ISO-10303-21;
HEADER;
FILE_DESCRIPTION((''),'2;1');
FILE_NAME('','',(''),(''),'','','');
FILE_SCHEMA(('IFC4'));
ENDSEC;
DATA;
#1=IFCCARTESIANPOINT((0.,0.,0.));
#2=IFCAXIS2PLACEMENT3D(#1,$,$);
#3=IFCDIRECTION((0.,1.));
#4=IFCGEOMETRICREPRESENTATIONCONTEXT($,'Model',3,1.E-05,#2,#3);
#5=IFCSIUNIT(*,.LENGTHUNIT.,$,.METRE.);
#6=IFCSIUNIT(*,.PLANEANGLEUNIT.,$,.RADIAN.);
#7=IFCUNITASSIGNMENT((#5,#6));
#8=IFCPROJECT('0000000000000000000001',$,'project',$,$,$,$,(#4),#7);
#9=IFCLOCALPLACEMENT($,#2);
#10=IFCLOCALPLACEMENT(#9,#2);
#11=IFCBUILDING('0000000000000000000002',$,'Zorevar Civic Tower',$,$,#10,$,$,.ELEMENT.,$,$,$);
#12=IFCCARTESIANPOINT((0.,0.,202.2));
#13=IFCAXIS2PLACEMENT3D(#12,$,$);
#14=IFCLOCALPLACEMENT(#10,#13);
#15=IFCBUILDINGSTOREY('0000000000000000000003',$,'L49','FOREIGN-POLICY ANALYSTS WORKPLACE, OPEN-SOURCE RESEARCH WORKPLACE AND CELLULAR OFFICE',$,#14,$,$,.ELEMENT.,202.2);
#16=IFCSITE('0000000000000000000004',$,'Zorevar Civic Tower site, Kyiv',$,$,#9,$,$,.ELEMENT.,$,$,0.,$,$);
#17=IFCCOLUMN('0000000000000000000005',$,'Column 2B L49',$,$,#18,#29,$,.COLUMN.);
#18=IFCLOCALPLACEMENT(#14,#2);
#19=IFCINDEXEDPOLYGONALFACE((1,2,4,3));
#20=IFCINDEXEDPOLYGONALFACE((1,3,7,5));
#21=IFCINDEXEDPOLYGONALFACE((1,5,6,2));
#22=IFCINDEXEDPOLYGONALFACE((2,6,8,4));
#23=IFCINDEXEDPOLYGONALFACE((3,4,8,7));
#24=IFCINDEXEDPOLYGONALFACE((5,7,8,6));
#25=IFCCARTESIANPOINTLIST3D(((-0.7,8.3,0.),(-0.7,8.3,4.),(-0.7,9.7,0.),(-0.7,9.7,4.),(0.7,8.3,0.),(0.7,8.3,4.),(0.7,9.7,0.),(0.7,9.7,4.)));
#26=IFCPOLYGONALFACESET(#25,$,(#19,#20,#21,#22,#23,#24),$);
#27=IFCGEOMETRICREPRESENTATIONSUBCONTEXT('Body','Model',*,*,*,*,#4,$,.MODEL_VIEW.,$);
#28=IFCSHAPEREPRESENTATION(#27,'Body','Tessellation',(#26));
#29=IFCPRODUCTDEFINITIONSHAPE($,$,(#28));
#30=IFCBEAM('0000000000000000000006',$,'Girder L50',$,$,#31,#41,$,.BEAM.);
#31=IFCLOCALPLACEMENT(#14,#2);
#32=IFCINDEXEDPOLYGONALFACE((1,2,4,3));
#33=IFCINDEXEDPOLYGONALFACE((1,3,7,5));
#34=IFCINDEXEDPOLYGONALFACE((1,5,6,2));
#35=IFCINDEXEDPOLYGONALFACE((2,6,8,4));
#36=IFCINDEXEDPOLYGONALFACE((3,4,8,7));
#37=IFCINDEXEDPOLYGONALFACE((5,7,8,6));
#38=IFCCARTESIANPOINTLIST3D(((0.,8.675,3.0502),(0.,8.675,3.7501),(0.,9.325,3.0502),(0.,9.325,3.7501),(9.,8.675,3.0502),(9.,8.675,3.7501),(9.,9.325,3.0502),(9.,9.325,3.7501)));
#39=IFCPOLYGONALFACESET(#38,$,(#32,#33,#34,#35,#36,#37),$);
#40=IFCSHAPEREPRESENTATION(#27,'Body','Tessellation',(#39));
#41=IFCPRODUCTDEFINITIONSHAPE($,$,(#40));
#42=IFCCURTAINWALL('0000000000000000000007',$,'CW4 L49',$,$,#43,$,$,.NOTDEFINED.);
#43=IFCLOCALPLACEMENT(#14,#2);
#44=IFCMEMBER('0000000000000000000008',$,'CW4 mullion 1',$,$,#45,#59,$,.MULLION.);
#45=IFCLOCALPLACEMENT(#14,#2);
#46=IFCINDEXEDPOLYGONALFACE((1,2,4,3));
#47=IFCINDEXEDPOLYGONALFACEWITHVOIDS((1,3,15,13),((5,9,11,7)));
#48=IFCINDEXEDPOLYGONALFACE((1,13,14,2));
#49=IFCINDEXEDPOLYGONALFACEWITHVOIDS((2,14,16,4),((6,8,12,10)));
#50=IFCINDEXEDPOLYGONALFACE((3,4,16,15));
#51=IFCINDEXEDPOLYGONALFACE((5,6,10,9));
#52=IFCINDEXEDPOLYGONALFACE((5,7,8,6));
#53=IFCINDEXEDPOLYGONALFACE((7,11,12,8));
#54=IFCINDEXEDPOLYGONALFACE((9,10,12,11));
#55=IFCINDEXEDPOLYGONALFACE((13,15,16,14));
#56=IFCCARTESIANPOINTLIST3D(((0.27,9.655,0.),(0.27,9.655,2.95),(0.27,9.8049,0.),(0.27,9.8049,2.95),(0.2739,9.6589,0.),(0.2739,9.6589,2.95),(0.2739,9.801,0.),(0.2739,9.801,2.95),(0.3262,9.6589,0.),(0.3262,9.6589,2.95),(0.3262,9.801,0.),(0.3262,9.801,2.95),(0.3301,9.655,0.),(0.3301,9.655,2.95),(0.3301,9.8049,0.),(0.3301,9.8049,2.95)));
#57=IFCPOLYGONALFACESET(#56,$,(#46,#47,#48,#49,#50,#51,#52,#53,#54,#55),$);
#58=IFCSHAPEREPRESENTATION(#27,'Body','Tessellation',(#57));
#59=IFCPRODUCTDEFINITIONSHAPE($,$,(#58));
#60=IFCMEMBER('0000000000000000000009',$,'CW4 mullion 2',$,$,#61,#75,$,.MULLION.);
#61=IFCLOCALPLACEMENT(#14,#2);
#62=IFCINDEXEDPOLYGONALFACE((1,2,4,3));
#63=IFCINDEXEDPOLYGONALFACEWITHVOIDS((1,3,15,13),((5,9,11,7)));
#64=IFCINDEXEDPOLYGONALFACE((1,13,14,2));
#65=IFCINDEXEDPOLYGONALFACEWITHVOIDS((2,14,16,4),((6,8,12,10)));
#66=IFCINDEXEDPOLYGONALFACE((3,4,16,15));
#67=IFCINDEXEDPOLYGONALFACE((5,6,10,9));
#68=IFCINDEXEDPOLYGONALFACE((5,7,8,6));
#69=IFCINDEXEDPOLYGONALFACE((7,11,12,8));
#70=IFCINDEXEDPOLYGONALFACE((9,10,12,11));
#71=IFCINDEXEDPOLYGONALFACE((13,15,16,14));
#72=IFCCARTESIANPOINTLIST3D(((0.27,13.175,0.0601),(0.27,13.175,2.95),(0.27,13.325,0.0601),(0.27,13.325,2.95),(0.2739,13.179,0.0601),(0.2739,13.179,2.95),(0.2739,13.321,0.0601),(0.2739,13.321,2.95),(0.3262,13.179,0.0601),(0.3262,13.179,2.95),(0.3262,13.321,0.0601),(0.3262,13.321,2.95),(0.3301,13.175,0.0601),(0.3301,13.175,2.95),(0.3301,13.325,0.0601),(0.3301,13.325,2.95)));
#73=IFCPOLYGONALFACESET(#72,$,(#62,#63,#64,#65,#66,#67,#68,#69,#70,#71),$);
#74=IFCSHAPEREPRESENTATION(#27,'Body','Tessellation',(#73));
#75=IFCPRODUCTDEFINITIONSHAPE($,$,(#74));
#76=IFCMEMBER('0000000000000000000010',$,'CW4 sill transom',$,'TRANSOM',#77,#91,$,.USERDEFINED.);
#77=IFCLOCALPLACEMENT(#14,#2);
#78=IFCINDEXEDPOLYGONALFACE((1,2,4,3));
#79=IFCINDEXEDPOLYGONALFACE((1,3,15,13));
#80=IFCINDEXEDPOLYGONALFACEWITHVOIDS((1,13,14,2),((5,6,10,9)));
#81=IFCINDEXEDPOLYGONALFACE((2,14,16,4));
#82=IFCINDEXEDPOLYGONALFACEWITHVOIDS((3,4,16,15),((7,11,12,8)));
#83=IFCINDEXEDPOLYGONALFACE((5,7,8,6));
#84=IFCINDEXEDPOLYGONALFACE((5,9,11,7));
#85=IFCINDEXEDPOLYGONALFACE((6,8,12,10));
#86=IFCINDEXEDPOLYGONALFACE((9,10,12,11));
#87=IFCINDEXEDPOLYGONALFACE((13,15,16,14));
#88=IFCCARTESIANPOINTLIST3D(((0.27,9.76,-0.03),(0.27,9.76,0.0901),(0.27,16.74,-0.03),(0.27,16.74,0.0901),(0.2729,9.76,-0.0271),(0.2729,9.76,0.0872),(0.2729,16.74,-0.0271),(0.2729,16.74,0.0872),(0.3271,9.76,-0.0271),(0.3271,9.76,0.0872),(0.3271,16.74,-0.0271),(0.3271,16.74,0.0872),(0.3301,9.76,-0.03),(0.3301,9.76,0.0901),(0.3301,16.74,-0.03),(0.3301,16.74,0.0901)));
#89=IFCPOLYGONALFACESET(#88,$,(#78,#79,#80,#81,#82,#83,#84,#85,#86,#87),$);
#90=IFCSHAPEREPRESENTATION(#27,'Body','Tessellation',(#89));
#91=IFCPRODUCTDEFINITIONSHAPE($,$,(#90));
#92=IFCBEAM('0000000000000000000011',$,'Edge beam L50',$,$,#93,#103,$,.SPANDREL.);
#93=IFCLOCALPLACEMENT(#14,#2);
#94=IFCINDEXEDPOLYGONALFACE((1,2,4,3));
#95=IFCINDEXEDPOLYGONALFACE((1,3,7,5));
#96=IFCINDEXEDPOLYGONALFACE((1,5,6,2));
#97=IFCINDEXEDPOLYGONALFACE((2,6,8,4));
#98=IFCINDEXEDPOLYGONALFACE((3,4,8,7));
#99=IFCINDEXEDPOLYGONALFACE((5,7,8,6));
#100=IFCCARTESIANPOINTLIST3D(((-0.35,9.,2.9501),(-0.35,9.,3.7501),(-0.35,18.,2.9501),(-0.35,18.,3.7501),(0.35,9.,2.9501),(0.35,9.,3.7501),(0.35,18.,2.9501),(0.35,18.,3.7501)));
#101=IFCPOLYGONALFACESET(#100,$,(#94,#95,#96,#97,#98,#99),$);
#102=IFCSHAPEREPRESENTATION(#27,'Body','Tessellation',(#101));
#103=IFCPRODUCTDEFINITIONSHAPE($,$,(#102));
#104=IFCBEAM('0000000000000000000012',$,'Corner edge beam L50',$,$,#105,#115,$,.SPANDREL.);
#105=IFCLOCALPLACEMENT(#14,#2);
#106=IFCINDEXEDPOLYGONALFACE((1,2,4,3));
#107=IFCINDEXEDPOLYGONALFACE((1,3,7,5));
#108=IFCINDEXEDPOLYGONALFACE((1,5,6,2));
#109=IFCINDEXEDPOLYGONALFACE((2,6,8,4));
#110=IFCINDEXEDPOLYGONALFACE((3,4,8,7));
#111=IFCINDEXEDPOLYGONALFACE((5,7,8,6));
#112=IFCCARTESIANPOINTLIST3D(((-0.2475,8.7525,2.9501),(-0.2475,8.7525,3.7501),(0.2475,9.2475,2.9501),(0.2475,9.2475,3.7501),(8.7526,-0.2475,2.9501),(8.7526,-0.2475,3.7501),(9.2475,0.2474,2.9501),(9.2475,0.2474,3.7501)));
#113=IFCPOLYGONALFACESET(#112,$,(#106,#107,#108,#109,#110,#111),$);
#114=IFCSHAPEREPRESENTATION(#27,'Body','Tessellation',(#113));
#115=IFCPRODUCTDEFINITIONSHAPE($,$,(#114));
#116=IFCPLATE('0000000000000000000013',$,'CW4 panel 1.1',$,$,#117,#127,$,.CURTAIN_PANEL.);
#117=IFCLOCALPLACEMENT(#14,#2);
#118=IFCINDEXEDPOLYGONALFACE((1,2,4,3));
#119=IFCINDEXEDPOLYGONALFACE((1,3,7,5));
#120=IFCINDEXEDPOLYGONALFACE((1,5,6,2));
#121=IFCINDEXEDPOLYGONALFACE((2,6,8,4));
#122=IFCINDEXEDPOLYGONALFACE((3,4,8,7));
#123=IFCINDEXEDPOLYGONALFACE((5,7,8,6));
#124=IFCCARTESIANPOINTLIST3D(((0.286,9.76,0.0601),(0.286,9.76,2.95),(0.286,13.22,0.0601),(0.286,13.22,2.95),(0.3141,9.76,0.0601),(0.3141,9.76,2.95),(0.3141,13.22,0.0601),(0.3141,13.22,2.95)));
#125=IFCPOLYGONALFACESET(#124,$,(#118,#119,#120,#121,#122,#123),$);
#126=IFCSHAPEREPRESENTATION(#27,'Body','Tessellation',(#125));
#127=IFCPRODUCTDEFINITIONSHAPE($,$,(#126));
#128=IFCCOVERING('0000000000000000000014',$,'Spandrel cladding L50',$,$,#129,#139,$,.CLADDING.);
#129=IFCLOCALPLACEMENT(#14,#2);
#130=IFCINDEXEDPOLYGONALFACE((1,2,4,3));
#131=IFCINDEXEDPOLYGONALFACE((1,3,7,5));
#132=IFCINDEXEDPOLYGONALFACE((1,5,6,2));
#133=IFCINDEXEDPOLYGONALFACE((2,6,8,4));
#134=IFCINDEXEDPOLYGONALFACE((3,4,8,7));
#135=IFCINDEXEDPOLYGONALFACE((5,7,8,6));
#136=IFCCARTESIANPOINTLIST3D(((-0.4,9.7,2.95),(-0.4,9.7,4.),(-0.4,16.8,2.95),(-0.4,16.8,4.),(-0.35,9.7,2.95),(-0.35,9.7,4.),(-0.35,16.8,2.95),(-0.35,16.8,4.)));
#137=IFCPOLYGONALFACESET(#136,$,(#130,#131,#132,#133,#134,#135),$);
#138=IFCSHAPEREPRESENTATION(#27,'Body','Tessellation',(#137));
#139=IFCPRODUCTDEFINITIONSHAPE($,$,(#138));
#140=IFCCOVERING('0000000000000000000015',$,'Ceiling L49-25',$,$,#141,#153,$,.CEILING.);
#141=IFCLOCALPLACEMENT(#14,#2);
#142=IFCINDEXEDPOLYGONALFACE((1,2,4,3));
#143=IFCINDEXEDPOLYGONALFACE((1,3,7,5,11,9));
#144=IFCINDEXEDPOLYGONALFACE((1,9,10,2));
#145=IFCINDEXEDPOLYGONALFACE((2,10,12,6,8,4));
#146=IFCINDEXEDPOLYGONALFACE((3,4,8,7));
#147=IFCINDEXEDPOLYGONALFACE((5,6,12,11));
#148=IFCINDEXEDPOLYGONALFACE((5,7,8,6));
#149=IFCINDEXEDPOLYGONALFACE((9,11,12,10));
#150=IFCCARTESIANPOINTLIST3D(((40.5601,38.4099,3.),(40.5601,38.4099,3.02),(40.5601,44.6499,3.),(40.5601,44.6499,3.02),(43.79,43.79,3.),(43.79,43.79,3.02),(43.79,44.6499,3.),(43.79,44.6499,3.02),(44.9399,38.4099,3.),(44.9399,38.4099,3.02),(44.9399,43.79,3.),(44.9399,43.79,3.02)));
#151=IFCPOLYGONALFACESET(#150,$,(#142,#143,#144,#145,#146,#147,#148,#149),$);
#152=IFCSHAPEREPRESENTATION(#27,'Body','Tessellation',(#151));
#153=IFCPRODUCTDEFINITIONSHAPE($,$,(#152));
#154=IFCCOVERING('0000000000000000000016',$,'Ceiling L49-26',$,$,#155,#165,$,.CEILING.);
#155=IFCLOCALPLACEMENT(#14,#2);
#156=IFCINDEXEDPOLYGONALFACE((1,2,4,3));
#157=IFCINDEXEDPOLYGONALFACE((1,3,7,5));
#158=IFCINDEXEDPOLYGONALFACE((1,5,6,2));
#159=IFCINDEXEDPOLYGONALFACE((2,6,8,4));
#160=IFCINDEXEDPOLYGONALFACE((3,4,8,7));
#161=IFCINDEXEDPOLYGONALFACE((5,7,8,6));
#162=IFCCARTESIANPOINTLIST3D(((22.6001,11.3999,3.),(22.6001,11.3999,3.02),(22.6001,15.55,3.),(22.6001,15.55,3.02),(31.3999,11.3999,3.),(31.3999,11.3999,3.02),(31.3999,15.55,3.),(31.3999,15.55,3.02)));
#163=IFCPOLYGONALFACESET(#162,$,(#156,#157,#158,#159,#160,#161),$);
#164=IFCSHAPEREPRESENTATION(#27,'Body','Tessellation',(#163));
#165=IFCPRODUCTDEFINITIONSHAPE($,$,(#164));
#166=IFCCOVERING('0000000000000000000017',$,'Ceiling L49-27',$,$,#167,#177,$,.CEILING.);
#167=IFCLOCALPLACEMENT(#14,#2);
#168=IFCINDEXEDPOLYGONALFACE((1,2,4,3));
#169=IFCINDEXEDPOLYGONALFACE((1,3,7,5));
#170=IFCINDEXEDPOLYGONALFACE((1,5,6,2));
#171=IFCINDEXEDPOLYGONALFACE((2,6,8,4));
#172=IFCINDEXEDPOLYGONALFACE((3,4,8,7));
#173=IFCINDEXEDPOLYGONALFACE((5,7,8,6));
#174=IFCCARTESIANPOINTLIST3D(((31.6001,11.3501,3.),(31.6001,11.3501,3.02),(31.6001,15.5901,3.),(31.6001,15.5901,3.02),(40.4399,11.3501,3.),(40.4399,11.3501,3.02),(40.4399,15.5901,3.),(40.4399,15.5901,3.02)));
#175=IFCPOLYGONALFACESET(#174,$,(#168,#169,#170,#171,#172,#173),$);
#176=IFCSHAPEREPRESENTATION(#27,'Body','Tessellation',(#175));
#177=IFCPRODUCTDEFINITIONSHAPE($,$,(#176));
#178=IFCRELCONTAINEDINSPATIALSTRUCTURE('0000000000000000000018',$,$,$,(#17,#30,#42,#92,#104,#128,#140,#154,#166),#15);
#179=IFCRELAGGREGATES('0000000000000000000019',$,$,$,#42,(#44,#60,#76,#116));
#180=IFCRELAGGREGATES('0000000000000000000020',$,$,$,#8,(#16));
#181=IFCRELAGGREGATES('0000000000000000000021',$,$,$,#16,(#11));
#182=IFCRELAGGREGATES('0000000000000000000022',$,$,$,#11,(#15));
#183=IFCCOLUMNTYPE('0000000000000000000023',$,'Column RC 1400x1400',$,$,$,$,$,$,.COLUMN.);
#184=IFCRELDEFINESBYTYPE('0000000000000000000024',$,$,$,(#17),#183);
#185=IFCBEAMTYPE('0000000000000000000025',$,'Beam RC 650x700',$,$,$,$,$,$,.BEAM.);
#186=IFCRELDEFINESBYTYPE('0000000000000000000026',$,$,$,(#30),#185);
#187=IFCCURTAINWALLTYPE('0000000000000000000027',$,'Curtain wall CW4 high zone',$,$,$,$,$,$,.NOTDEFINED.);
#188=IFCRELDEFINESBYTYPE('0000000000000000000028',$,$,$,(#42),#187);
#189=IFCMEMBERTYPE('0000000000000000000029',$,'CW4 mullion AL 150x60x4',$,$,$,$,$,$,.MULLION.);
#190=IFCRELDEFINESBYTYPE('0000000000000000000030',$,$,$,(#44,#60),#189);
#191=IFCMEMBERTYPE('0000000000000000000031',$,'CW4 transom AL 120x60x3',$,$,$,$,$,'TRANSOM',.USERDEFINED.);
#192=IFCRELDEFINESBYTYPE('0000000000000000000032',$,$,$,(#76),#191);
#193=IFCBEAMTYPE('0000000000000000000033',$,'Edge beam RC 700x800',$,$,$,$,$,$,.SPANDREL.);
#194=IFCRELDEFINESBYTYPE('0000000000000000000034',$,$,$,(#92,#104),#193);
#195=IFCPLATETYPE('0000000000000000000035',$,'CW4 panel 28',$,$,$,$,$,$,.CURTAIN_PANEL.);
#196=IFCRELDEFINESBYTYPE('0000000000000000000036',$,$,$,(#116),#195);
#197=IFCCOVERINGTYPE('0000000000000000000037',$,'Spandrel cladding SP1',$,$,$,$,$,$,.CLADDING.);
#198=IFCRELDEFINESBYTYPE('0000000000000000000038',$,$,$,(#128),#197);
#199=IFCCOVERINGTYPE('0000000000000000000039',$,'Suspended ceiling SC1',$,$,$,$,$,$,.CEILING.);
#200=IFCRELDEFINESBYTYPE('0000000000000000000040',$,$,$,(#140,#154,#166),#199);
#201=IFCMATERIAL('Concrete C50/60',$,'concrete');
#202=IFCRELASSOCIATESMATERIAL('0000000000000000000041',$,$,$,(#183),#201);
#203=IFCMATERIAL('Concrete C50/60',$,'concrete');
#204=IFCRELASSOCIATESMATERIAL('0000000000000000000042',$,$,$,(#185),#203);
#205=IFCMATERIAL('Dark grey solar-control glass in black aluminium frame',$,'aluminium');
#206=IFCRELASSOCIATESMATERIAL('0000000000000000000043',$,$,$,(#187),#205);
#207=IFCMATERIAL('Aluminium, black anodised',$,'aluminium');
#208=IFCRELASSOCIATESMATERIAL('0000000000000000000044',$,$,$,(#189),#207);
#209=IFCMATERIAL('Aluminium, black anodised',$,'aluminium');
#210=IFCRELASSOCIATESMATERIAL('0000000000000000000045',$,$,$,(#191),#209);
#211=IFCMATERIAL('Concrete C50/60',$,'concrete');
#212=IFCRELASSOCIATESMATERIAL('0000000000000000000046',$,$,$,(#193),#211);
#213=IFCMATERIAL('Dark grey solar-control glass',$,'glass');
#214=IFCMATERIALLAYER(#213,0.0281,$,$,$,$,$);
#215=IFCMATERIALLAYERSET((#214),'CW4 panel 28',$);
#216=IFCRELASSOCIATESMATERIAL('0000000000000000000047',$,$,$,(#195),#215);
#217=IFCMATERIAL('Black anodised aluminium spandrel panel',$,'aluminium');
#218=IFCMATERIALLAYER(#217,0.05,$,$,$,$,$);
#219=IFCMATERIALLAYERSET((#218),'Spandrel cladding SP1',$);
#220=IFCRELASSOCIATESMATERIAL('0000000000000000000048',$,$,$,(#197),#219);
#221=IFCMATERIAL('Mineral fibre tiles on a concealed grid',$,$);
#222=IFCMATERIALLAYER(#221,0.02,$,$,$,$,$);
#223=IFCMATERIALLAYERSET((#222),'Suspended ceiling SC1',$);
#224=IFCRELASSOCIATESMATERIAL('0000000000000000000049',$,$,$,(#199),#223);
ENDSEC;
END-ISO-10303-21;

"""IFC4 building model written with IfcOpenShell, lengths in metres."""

from ifc_helpers import new_model, si_unit, direction, frame, frame_2d, origin, origin_2d, place, context, subcontext, project, spatial, polyline, rectangle, hollow_rectangle, outline, extrude, material, layer, layer_set, material_profile, profile_set, type_object, element, aggregate, save


model = new_model("IFC4")

# Units and contexts
model_context = context("Model", 3, precision=1e-05, world=origin(), true_north=direction((0.0, 1.0)))
body_context = subcontext(model_context, "Body", "Model", "MODEL_VIEW")
ifc_project = project(units=[si_unit("LENGTHUNIT", "METRE"), si_unit("PLANEANGLEUNIT", "RADIAN")], contexts=[model_context])

# Site, building, storey
site_placement = place(None, origin())
site = spatial("IfcSite", under=ifc_project, at=site_placement, Name="Zorevar Civic Tower site, Kyiv", CompositionType="ELEMENT", RefElevation=0.0)
building_placement = place(site_placement, origin())
building = spatial("IfcBuilding", under=site, at=building_placement, Name="Zorevar Civic Tower", CompositionType="ELEMENT")
storey_placement = place(building_placement, frame((0.0, 0.0, 202.2)))
storey = spatial("IfcBuildingStorey", under=building, at=storey_placement, Name="L49", Description="FOREIGN-POLICY ANALYSTS WORKPLACE, OPEN-SOURCE RESEARCH WORKPLACE AND CELLULAR OFFICE", CompositionType="ELEMENT", Elevation=202.2)

# Column
ifc_material_1 = material(Name="Concrete C50/60", Category="concrete")
ifc_material_profile_1 = material_profile(ifc_material_1, rectangle(XDim=1.3999, YDim=1.3999, at=origin_2d()), Name="RC 1400x1400")
ifc_profile_set_1 = profile_set([ifc_material_profile_1], Name="Concrete C50/60")
column_type = type_object("IfcColumnType", Name="Column RC 1400x1400", PredefinedType="COLUMN", material=ifc_profile_set_1)
column_placement = place(storey_placement, frame((0.0, 9.0, 0.0), z_axis=(0.0, 0.0, 1.0), x_axis=(1.0, 0.0, 0.0)))
element("IfcColumn", 1, at=column_placement, inside=storey, type_object=column_type, Name="Column 2B L49", PredefinedType="COLUMN", context=body_context, shape_type="SweptSolid", body=[
    extrude(rectangle(XDim=1.3999, YDim=1.3999, at=origin_2d()), origin(), (0.0, 0.0, 1.0), 4.0),
])

# Beam
ifc_material_2 = material(Name="Concrete C50/60", Category="concrete")
ifc_material_profile_2 = material_profile(ifc_material_2, rectangle(XDim=0.6499, YDim=0.7, at=origin_2d()), Name="RC 650x700")
ifc_profile_set_2 = profile_set([ifc_material_profile_2], Name="Concrete C50/60")
beam_type_1 = type_object("IfcBeamType", Name="Beam RC 650x700", PredefinedType="BEAM", material=ifc_profile_set_2)
beam_1_placement = place(storey_placement, frame((0.0, 9.0, 3.4001), z_axis=(1.0, 0.0, 0.0), x_axis=(0.0, 1.0, 0.0)))
element("IfcBeam", 2, at=beam_1_placement, inside=storey, type_object=beam_type_1, Name="Girder L50", PredefinedType="BEAM", context=body_context, shape_type="SweptSolid", body=[
    extrude(rectangle(XDim=0.6499, YDim=0.7, at=origin_2d()), origin(), (0.0, 0.0, 1.0), 9.0),
])

# Curtain wall, members
ifc_material_3 = material(Name="Dark grey solar-control glass in black aluminium frame", Category="aluminium")
curtain_wall_type = type_object("IfcCurtainWallType", Name="Curtain wall CW4 high zone", PredefinedType="NOTDEFINED", material=ifc_material_3)
curtain_wall_placement = place(storey_placement, origin())
curtain_wall = element("IfcCurtainWall", 3, at=curtain_wall_placement, inside=storey, type_object=curtain_wall_type, Name="CW4 L49", PredefinedType="NOTDEFINED")
ifc_material_4 = material(Name="Aluminium, black anodised", Category="aluminium")
ifc_material_profile_3 = material_profile(ifc_material_4, hollow_rectangle(XDim=0.0601, YDim=0.1499, WallThickness=0.0039, at=origin_2d()), Name="AL 150x60x4")
ifc_profile_set_3 = profile_set([ifc_material_profile_3], Name="Aluminium, black anodised")
member_type_1 = type_object("IfcMemberType", Name="CW4 mullion AL 150x60x4", PredefinedType="MULLION", material=ifc_profile_set_3)
member_1_placement = place(storey_placement, frame((0.3, 9.73, 0.0), z_axis=(0.0, 0.0, 1.0), x_axis=(-1.0, 0.0, 0.0)))
member_1 = element("IfcMember", 4, at=member_1_placement, type_object=member_type_1, Name="CW4 mullion 1", PredefinedType="MULLION", context=body_context, shape_type="SweptSolid", body=[
    extrude(hollow_rectangle(XDim=0.0601, YDim=0.1499, WallThickness=0.0039, at=origin_2d()), origin(), (0.0, 0.0, 1.0), 2.95),
])
member_2_placement = place(storey_placement, frame((0.3, 13.25, 0.0601), z_axis=(0.0, 0.0, 1.0), x_axis=(-1.0, 0.0, 0.0)))
member_2 = element("IfcMember", 5, at=member_2_placement, type_object=member_type_1, Name="CW4 mullion 2", PredefinedType="MULLION", context=body_context, shape_type="SweptSolid", body=[
    extrude(hollow_rectangle(XDim=0.0601, YDim=0.1499, WallThickness=0.0039, at=origin_2d()), origin(), (0.0, 0.0, 1.0), 2.8899),
])
ifc_material_5 = material(Name="Aluminium, black anodised", Category="aluminium")
ifc_material_profile_4 = material_profile(ifc_material_5, hollow_rectangle(XDim=0.0601, YDim=0.1201, WallThickness=0.0029, at=origin_2d()), Name="AL 120x60x3")
ifc_profile_set_4 = profile_set([ifc_material_profile_4], Name="Aluminium, black anodised")
member_type_2 = type_object("IfcMemberType", Name="CW4 transom AL 120x60x3", ElementType="TRANSOM", PredefinedType="USERDEFINED", material=ifc_profile_set_4)
member_3_placement = place(storey_placement, frame((0.3, 9.76, 0.03), z_axis=(0.0, 1.0, 0.0), x_axis=(-1.0, 0.0, 0.0)))
member_3 = element("IfcMember", 6, at=member_3_placement, type_object=member_type_2, Name="CW4 sill transom", ObjectType="TRANSOM", PredefinedType="USERDEFINED", context=body_context, shape_type="SweptSolid", body=[
    extrude(hollow_rectangle(XDim=0.0601, YDim=0.1201, WallThickness=0.0029, at=origin_2d()), origin(), (0.0, 0.0, 1.0), 6.98),
])

# Beams
ifc_material_6 = material(Name="Concrete C50/60", Category="concrete")
ifc_material_profile_5 = material_profile(ifc_material_6, rectangle(XDim=0.7, YDim=0.8, at=origin_2d()), Name="RC 700x800")
ifc_profile_set_5 = profile_set([ifc_material_profile_5], Name="Concrete C50/60")
beam_type_2 = type_object("IfcBeamType", Name="Edge beam RC 700x800", PredefinedType="SPANDREL", material=ifc_profile_set_5)
beam_2_placement = place(storey_placement, frame((0.0, 9.0, 3.3501), z_axis=(0.0, 1.0, 0.0), x_axis=(-1.0, 0.0, 0.0)))
element("IfcBeam", 7, at=beam_2_placement, inside=storey, type_object=beam_type_2, Name="Edge beam L50", PredefinedType="SPANDREL", context=body_context, shape_type="SweptSolid", body=[
    extrude(rectangle(XDim=0.7, YDim=0.8, at=origin_2d()), origin(), (0.0, 0.0, 1.0), 9.0),
])
beam_3_placement = place(storey_placement, frame((0.0, 9.0, 3.3501), z_axis=(0.707107, -0.707107, 0.0), x_axis=(0.707107, 0.707107, 0.0)))
element("IfcBeam", 8, at=beam_3_placement, inside=storey, type_object=beam_type_2, Name="Corner edge beam L50", PredefinedType="SPANDREL", context=body_context, shape_type="SweptSolid", body=[
    extrude(rectangle(XDim=0.7, YDim=0.8, at=origin_2d()), origin(), (0.0, 0.0, 1.0), 12.728),
])

# Plate
ifc_material_7 = material(Name="Dark grey solar-control glass", Category="glass")
ifc_layer_1 = layer(ifc_material_7, 0.0281)
ifc_layer_set_1 = layer_set([ifc_layer_1], Name="CW4 panel 28")
plate_type = type_object("IfcPlateType", Name="CW4 panel 28", PredefinedType="CURTAIN_PANEL", material=ifc_layer_set_1)
plate_placement = place(storey_placement, frame((0.3, 11.49, 0.0601), z_axis=(0.0, 0.0, 1.0), x_axis=(0.0, 1.0, 0.0)))
plate = element("IfcPlate", 9, at=plate_placement, type_object=plate_type, Name="CW4 panel 1.1", PredefinedType="CURTAIN_PANEL", context=body_context, shape_type="SweptSolid", body=[
    extrude(rectangle(XDim=3.46, YDim=0.0281, at=origin_2d()), origin(), (0.0, 0.0, 1.0), 2.8899),
])
aggregate(curtain_wall, [member_1, member_2, member_3, plate])

# Coverings
ifc_material_8 = material(Name="Black anodised aluminium spandrel panel", Category="aluminium")
ifc_layer_2 = layer(ifc_material_8, 0.05)
ifc_layer_set_2 = layer_set([ifc_layer_2], Name="Spandrel cladding SP1")
covering_type_1 = type_object("IfcCoveringType", Name="Spandrel cladding SP1", PredefinedType="CLADDING", material=ifc_layer_set_2)
covering_1_placement = place(storey_placement, frame((-0.375, 9.7, 2.95), z_axis=(0.0, 0.0, 1.0), x_axis=(0.0, 1.0, 0.0)))
element("IfcCovering", 10, at=covering_1_placement, inside=storey, type_object=covering_type_1, Name="Spandrel cladding L50", PredefinedType="CLADDING", context=body_context, shape_type="SweptSolid", body=[
    extrude(rectangle(XDim=7.1001, YDim=0.05, at=frame_2d((3.55, 0.0))), origin(), (0.0, 0.0, 1.0), 1.05),
])
ifc_material_9 = material(Name="Mineral fibre tiles on a concealed grid")
ifc_layer_3 = layer(ifc_material_9, 0.02)
ifc_layer_set_3 = layer_set([ifc_layer_3], Name="Suspended ceiling SC1")
covering_type_2 = type_object("IfcCoveringType", Name="Suspended ceiling SC1", PredefinedType="CEILING", material=ifc_layer_set_3)
covering_2_placement = place(storey_placement, frame((0.0, 0.0, 3.0)))
element("IfcCovering", 11, at=covering_2_placement, inside=storey, type_object=covering_type_2, Name="Ceiling L49-25", PredefinedType="CEILING", context=body_context, shape_type="SweptSolid", body=[
    extrude(outline(polyline([(40.5601, 38.4099), (40.5601, 44.6499), (43.79, 44.6499), (43.79, 43.79), (44.9399, 43.79), (44.9399, 38.4099), (40.5601, 38.4099)])), origin(), (0.0, 0.0, 1.0), 0.02),
])
covering_3_placement = place(storey_placement, frame((0.0, 0.0, 3.0)))
element("IfcCovering", 12, at=covering_3_placement, inside=storey, type_object=covering_type_2, Name="Ceiling L49-26", PredefinedType="CEILING", context=body_context, shape_type="SweptSolid", body=[
    extrude(outline(polyline([(31.3999, 15.55), (31.3999, 11.3999), (22.6001, 11.3999), (22.6001, 15.55), (31.3999, 15.55)])), origin(), (0.0, 0.0, 1.0), 0.02),
])
covering_4_placement = place(storey_placement, frame((0.0, 0.0, 3.0)))
element("IfcCovering", 13, at=covering_4_placement, inside=storey, type_object=covering_type_2, Name="Ceiling L49-27", PredefinedType="CEILING", context=body_context, shape_type="SweptSolid", body=[
    extrude(outline(polyline([(31.6001, 15.5901), (40.4399, 15.5901), (40.4399, 11.3501), (31.6001, 11.3501), (31.6001, 15.5901)])), origin(), (0.0, 0.0, 1.0), 0.02),
])

save(model, "model.ifc")
